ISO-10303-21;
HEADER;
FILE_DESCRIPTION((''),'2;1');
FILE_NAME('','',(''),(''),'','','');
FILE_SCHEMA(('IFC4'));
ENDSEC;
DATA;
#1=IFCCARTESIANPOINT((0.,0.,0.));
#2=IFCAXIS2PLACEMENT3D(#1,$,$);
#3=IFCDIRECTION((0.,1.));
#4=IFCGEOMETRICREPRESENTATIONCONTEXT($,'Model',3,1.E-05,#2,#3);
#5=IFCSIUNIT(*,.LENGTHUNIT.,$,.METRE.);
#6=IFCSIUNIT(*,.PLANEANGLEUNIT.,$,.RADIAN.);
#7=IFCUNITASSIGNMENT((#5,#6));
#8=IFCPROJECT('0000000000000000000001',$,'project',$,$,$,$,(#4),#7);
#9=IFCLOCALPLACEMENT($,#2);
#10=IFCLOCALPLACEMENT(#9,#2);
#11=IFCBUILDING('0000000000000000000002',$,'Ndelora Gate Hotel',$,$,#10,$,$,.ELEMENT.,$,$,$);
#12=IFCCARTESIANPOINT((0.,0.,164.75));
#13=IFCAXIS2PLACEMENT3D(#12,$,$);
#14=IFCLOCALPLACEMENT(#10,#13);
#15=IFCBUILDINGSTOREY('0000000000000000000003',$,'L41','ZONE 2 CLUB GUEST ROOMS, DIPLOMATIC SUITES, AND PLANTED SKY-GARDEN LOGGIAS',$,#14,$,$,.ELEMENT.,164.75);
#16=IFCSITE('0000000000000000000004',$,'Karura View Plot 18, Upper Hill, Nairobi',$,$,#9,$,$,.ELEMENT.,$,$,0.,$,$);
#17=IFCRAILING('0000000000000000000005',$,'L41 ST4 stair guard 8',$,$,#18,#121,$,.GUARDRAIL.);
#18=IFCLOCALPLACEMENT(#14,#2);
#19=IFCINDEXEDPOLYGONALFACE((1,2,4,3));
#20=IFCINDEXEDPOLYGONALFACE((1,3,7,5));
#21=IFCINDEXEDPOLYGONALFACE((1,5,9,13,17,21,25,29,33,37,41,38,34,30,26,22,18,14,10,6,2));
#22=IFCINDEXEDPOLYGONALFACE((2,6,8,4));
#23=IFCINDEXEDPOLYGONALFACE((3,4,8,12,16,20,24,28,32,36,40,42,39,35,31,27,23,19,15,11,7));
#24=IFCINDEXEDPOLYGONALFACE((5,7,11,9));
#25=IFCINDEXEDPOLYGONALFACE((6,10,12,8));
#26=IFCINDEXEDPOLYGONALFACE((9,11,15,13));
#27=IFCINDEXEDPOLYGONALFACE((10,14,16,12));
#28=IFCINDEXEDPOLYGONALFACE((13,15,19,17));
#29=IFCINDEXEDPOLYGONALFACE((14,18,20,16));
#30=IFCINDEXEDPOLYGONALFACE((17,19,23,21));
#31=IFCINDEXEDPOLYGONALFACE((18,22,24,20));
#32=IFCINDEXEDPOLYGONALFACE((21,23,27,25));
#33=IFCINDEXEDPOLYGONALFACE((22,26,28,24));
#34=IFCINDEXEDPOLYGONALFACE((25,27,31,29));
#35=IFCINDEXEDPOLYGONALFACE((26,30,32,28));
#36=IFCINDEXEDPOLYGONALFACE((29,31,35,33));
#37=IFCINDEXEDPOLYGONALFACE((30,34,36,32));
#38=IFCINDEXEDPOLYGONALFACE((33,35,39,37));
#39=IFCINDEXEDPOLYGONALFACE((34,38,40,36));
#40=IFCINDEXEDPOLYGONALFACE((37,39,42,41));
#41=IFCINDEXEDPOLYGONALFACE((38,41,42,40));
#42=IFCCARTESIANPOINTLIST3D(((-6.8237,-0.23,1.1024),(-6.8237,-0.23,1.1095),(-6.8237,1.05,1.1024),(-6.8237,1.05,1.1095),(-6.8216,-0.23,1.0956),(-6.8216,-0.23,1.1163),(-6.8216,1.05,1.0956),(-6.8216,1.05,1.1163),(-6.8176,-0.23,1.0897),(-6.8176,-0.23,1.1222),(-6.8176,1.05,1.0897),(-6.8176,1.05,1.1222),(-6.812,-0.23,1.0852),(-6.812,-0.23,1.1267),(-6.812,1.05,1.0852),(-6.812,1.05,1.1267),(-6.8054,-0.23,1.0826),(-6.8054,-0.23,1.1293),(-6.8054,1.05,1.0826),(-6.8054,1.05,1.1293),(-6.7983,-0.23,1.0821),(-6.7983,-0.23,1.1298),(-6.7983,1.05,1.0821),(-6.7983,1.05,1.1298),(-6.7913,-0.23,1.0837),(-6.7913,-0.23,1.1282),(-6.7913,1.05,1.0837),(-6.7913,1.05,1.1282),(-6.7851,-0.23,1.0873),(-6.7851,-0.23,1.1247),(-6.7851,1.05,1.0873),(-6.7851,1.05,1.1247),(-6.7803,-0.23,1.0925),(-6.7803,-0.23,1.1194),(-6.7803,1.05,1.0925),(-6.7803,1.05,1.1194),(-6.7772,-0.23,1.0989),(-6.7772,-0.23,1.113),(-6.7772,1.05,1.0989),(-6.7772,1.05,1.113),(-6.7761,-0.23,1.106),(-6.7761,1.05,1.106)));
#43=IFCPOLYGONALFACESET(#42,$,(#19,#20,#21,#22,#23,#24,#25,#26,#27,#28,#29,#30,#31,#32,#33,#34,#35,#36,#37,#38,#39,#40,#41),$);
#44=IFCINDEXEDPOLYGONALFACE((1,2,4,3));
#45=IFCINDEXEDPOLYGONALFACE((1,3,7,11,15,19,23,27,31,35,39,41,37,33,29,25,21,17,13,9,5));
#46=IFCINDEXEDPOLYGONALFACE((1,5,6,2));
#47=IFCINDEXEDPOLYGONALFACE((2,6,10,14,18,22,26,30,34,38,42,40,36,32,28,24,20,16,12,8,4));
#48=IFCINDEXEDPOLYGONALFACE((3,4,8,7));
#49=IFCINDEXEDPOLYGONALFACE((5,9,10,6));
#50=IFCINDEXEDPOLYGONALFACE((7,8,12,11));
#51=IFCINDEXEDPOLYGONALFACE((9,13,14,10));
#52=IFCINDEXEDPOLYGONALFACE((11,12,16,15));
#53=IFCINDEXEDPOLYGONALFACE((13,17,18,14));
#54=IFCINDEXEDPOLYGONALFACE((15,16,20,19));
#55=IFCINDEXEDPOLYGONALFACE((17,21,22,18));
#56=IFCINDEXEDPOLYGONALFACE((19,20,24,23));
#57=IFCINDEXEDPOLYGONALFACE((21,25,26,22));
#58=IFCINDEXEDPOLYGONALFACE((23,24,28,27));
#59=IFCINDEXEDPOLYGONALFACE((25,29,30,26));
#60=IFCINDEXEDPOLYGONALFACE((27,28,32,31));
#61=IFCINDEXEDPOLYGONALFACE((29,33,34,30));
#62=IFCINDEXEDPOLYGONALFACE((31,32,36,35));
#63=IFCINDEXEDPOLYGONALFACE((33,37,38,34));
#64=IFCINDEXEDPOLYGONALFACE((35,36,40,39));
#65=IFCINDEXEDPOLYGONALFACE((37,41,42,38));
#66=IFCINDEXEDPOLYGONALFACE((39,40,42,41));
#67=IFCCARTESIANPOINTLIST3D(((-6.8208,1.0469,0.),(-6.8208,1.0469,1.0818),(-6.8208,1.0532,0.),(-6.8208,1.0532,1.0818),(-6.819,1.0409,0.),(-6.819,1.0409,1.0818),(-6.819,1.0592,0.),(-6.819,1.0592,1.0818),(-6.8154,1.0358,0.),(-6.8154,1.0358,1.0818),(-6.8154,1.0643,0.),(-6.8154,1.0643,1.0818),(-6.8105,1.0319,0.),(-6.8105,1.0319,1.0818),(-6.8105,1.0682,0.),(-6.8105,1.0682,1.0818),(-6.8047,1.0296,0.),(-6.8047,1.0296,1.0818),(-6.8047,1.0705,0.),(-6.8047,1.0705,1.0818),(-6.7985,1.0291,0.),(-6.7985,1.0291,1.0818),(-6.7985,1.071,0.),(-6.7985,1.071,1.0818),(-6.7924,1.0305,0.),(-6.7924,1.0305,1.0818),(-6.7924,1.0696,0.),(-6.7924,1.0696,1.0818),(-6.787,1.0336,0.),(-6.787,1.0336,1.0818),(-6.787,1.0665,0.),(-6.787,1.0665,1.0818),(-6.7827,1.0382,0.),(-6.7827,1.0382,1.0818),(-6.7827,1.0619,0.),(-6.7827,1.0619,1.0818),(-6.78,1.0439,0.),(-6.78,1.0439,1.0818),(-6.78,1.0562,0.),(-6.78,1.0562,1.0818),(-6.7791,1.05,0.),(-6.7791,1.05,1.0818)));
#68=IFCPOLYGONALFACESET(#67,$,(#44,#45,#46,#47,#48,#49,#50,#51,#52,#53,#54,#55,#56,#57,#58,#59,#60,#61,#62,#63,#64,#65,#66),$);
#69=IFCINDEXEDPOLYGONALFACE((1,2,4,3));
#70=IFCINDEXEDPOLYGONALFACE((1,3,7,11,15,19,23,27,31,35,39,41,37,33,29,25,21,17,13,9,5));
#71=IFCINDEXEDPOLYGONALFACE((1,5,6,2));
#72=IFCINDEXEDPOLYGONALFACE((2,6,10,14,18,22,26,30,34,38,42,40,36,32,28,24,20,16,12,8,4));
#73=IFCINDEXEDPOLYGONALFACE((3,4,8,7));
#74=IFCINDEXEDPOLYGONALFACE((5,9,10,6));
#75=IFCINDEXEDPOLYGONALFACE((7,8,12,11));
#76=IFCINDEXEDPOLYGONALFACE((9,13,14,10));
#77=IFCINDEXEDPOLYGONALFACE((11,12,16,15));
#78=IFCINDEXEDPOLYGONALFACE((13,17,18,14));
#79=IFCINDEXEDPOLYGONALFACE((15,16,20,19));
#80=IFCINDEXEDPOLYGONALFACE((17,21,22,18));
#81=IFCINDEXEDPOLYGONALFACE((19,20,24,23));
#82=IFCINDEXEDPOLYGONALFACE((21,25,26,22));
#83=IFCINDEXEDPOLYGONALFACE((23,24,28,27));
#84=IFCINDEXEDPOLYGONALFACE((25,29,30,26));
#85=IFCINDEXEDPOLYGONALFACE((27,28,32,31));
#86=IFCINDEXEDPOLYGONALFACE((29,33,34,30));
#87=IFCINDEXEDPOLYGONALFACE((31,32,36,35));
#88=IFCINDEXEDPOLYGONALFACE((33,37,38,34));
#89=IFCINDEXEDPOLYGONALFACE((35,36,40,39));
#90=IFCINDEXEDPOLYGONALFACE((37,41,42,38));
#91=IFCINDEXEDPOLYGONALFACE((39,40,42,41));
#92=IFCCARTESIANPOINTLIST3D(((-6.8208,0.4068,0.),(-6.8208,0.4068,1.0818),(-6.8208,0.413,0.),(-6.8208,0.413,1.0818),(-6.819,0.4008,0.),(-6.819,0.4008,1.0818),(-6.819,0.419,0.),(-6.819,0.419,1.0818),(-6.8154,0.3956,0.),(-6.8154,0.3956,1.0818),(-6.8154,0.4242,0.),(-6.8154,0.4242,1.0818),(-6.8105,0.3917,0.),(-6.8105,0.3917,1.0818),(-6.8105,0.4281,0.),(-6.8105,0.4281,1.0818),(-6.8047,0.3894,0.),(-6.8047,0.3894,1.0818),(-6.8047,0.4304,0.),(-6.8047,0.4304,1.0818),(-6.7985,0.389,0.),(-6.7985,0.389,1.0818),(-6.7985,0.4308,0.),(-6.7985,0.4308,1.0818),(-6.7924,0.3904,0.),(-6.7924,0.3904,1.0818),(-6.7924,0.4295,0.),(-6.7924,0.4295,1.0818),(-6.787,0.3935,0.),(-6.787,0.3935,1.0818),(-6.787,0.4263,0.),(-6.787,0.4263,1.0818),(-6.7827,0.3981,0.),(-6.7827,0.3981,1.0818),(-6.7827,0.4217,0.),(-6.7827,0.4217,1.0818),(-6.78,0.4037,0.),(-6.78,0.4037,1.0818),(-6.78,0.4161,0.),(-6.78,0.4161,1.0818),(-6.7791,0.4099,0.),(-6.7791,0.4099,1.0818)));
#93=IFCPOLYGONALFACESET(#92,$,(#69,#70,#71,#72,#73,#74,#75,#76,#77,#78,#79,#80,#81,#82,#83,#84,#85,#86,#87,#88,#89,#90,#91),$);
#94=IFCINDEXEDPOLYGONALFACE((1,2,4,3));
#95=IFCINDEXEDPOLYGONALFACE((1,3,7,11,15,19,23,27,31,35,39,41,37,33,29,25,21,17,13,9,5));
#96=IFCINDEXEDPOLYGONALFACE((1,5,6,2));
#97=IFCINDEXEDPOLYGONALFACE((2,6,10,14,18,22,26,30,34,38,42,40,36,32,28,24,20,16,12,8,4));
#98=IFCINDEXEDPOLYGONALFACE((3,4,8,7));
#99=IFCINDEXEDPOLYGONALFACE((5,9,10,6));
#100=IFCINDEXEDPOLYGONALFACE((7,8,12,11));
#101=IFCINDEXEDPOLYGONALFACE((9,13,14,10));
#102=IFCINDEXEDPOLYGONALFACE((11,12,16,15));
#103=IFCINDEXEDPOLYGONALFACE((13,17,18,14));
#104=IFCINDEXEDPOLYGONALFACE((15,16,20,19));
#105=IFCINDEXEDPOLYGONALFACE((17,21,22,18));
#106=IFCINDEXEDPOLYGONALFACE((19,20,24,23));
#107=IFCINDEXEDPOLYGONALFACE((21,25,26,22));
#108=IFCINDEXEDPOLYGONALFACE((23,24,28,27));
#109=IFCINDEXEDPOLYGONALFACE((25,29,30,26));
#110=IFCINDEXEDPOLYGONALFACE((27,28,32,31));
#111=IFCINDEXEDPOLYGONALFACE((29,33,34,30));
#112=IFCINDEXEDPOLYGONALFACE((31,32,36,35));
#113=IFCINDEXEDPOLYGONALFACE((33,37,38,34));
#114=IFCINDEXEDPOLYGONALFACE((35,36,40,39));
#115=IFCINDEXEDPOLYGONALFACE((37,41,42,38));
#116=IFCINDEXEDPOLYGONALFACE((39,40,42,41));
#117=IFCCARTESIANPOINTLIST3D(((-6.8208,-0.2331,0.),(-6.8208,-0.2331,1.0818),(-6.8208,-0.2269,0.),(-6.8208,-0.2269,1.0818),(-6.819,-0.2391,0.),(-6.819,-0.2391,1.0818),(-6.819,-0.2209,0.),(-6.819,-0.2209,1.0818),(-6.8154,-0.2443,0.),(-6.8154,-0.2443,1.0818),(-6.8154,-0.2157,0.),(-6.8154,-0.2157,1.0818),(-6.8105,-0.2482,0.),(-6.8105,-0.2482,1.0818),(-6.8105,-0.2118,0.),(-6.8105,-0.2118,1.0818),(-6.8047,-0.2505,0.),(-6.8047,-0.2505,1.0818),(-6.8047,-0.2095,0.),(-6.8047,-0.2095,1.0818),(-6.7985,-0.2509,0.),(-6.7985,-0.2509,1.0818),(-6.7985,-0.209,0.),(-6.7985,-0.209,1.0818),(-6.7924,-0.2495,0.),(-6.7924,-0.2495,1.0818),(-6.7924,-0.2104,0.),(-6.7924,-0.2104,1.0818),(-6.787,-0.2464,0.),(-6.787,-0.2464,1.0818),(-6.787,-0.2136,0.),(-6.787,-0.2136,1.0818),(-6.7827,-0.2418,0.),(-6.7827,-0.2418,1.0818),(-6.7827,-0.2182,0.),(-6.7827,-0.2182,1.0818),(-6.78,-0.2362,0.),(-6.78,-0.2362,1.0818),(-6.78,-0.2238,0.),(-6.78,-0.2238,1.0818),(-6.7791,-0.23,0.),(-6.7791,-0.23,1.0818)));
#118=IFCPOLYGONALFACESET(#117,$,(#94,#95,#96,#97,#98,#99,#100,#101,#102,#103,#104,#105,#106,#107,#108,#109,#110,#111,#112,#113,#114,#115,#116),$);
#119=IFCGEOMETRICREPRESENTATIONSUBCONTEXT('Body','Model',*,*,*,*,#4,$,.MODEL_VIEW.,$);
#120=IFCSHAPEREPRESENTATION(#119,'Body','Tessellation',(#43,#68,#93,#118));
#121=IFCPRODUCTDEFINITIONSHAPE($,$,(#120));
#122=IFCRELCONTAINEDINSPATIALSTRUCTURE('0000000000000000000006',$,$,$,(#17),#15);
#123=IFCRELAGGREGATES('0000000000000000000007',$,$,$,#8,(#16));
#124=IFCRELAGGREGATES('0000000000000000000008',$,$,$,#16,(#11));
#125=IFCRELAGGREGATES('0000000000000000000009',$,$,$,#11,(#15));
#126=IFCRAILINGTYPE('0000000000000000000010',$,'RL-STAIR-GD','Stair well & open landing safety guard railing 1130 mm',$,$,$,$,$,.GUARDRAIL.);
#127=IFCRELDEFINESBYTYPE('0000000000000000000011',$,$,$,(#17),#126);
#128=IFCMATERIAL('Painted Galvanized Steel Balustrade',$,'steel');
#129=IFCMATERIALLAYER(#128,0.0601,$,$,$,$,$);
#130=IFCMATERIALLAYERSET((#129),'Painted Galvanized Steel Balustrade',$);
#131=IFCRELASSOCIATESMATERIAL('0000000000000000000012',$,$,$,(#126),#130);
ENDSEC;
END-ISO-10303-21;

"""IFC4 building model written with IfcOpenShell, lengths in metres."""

from ifc_helpers import new_model, si_unit, direction, frame, origin, origin_2d, place, context, subcontext, project, spatial, circle, extrude, material, layer, layer_set, type_object, element, save


model = new_model("IFC4")

# Units and contexts
model_context = context("Model", 3, precision=1e-05, world=origin(), true_north=direction((0.0, 1.0)))
body_context = subcontext(model_context, "Body", "Model", "MODEL_VIEW")
ifc_project = project(units=[si_unit("LENGTHUNIT", "METRE"), si_unit("PLANEANGLEUNIT", "RADIAN")], contexts=[model_context])

# Site, building, storey
site_placement = place(None, origin())
site = spatial("IfcSite", under=ifc_project, at=site_placement, Name="Karura View Plot 18, Upper Hill, Nairobi", CompositionType="ELEMENT", RefElevation=0.0)
building_placement = place(site_placement, origin())
building = spatial("IfcBuilding", under=site, at=building_placement, Name="Ndelora Gate Hotel", CompositionType="ELEMENT")
storey_placement = place(building_placement, frame((0.0, 0.0, 164.75)))
storey = spatial("IfcBuildingStorey", under=building, at=storey_placement, Name="L41", Description="ZONE 2 CLUB GUEST ROOMS, DIPLOMATIC SUITES, AND PLANTED SKY-GARDEN LOGGIAS", CompositionType="ELEMENT", Elevation=164.75)

# Railing
ifc_material_1 = material(Name="Painted Galvanized Steel Balustrade", Category="steel")
ifc_layer_1 = layer(ifc_material_1, 0.0601)
ifc_layer_set_1 = layer_set([ifc_layer_1], Name="Painted Galvanized Steel Balustrade")
railing_type = type_object("IfcRailingType", Name="RL-STAIR-GD", Description="Stair well & open landing safety guard railing 1130 mm", PredefinedType="GUARDRAIL", material=ifc_layer_set_1)
for number, where, name in (
    (1, (-6.8, 1.05, 0.0), "L41 ST4 stair guard 8"),
):
    element("IfcRailing", number, at=place(storey_placement, frame(where)), inside=storey, type_object=railing_type, Name=name, PredefinedType="GUARDRAIL", context=body_context, shape_type="SweptSolid", body=[
        extrude(circle(Radius=0.0239, at=origin_2d()), frame((0.0, 0.0, 1.106), z_axis=(0.0, -1.0, 0.0), x_axis=(1.0, 0.0, 0.0)), (0.0, 0.0, 1.0), 1.28),
        extrude(circle(Radius=0.021, at=origin_2d()), origin(), (0.0, 0.0, 1.0), 1.0818),
        extrude(circle(Radius=0.021, at=origin_2d()), frame((0.0, -0.6401, 0.0)), (0.0, 0.0, 1.0), 1.0818),
        extrude(circle(Radius=0.021, at=origin_2d()), frame((0.0, -1.28, 0.0)), (0.0, 0.0, 1.0), 1.0818),
    ])

save(model, "model.ifc")
